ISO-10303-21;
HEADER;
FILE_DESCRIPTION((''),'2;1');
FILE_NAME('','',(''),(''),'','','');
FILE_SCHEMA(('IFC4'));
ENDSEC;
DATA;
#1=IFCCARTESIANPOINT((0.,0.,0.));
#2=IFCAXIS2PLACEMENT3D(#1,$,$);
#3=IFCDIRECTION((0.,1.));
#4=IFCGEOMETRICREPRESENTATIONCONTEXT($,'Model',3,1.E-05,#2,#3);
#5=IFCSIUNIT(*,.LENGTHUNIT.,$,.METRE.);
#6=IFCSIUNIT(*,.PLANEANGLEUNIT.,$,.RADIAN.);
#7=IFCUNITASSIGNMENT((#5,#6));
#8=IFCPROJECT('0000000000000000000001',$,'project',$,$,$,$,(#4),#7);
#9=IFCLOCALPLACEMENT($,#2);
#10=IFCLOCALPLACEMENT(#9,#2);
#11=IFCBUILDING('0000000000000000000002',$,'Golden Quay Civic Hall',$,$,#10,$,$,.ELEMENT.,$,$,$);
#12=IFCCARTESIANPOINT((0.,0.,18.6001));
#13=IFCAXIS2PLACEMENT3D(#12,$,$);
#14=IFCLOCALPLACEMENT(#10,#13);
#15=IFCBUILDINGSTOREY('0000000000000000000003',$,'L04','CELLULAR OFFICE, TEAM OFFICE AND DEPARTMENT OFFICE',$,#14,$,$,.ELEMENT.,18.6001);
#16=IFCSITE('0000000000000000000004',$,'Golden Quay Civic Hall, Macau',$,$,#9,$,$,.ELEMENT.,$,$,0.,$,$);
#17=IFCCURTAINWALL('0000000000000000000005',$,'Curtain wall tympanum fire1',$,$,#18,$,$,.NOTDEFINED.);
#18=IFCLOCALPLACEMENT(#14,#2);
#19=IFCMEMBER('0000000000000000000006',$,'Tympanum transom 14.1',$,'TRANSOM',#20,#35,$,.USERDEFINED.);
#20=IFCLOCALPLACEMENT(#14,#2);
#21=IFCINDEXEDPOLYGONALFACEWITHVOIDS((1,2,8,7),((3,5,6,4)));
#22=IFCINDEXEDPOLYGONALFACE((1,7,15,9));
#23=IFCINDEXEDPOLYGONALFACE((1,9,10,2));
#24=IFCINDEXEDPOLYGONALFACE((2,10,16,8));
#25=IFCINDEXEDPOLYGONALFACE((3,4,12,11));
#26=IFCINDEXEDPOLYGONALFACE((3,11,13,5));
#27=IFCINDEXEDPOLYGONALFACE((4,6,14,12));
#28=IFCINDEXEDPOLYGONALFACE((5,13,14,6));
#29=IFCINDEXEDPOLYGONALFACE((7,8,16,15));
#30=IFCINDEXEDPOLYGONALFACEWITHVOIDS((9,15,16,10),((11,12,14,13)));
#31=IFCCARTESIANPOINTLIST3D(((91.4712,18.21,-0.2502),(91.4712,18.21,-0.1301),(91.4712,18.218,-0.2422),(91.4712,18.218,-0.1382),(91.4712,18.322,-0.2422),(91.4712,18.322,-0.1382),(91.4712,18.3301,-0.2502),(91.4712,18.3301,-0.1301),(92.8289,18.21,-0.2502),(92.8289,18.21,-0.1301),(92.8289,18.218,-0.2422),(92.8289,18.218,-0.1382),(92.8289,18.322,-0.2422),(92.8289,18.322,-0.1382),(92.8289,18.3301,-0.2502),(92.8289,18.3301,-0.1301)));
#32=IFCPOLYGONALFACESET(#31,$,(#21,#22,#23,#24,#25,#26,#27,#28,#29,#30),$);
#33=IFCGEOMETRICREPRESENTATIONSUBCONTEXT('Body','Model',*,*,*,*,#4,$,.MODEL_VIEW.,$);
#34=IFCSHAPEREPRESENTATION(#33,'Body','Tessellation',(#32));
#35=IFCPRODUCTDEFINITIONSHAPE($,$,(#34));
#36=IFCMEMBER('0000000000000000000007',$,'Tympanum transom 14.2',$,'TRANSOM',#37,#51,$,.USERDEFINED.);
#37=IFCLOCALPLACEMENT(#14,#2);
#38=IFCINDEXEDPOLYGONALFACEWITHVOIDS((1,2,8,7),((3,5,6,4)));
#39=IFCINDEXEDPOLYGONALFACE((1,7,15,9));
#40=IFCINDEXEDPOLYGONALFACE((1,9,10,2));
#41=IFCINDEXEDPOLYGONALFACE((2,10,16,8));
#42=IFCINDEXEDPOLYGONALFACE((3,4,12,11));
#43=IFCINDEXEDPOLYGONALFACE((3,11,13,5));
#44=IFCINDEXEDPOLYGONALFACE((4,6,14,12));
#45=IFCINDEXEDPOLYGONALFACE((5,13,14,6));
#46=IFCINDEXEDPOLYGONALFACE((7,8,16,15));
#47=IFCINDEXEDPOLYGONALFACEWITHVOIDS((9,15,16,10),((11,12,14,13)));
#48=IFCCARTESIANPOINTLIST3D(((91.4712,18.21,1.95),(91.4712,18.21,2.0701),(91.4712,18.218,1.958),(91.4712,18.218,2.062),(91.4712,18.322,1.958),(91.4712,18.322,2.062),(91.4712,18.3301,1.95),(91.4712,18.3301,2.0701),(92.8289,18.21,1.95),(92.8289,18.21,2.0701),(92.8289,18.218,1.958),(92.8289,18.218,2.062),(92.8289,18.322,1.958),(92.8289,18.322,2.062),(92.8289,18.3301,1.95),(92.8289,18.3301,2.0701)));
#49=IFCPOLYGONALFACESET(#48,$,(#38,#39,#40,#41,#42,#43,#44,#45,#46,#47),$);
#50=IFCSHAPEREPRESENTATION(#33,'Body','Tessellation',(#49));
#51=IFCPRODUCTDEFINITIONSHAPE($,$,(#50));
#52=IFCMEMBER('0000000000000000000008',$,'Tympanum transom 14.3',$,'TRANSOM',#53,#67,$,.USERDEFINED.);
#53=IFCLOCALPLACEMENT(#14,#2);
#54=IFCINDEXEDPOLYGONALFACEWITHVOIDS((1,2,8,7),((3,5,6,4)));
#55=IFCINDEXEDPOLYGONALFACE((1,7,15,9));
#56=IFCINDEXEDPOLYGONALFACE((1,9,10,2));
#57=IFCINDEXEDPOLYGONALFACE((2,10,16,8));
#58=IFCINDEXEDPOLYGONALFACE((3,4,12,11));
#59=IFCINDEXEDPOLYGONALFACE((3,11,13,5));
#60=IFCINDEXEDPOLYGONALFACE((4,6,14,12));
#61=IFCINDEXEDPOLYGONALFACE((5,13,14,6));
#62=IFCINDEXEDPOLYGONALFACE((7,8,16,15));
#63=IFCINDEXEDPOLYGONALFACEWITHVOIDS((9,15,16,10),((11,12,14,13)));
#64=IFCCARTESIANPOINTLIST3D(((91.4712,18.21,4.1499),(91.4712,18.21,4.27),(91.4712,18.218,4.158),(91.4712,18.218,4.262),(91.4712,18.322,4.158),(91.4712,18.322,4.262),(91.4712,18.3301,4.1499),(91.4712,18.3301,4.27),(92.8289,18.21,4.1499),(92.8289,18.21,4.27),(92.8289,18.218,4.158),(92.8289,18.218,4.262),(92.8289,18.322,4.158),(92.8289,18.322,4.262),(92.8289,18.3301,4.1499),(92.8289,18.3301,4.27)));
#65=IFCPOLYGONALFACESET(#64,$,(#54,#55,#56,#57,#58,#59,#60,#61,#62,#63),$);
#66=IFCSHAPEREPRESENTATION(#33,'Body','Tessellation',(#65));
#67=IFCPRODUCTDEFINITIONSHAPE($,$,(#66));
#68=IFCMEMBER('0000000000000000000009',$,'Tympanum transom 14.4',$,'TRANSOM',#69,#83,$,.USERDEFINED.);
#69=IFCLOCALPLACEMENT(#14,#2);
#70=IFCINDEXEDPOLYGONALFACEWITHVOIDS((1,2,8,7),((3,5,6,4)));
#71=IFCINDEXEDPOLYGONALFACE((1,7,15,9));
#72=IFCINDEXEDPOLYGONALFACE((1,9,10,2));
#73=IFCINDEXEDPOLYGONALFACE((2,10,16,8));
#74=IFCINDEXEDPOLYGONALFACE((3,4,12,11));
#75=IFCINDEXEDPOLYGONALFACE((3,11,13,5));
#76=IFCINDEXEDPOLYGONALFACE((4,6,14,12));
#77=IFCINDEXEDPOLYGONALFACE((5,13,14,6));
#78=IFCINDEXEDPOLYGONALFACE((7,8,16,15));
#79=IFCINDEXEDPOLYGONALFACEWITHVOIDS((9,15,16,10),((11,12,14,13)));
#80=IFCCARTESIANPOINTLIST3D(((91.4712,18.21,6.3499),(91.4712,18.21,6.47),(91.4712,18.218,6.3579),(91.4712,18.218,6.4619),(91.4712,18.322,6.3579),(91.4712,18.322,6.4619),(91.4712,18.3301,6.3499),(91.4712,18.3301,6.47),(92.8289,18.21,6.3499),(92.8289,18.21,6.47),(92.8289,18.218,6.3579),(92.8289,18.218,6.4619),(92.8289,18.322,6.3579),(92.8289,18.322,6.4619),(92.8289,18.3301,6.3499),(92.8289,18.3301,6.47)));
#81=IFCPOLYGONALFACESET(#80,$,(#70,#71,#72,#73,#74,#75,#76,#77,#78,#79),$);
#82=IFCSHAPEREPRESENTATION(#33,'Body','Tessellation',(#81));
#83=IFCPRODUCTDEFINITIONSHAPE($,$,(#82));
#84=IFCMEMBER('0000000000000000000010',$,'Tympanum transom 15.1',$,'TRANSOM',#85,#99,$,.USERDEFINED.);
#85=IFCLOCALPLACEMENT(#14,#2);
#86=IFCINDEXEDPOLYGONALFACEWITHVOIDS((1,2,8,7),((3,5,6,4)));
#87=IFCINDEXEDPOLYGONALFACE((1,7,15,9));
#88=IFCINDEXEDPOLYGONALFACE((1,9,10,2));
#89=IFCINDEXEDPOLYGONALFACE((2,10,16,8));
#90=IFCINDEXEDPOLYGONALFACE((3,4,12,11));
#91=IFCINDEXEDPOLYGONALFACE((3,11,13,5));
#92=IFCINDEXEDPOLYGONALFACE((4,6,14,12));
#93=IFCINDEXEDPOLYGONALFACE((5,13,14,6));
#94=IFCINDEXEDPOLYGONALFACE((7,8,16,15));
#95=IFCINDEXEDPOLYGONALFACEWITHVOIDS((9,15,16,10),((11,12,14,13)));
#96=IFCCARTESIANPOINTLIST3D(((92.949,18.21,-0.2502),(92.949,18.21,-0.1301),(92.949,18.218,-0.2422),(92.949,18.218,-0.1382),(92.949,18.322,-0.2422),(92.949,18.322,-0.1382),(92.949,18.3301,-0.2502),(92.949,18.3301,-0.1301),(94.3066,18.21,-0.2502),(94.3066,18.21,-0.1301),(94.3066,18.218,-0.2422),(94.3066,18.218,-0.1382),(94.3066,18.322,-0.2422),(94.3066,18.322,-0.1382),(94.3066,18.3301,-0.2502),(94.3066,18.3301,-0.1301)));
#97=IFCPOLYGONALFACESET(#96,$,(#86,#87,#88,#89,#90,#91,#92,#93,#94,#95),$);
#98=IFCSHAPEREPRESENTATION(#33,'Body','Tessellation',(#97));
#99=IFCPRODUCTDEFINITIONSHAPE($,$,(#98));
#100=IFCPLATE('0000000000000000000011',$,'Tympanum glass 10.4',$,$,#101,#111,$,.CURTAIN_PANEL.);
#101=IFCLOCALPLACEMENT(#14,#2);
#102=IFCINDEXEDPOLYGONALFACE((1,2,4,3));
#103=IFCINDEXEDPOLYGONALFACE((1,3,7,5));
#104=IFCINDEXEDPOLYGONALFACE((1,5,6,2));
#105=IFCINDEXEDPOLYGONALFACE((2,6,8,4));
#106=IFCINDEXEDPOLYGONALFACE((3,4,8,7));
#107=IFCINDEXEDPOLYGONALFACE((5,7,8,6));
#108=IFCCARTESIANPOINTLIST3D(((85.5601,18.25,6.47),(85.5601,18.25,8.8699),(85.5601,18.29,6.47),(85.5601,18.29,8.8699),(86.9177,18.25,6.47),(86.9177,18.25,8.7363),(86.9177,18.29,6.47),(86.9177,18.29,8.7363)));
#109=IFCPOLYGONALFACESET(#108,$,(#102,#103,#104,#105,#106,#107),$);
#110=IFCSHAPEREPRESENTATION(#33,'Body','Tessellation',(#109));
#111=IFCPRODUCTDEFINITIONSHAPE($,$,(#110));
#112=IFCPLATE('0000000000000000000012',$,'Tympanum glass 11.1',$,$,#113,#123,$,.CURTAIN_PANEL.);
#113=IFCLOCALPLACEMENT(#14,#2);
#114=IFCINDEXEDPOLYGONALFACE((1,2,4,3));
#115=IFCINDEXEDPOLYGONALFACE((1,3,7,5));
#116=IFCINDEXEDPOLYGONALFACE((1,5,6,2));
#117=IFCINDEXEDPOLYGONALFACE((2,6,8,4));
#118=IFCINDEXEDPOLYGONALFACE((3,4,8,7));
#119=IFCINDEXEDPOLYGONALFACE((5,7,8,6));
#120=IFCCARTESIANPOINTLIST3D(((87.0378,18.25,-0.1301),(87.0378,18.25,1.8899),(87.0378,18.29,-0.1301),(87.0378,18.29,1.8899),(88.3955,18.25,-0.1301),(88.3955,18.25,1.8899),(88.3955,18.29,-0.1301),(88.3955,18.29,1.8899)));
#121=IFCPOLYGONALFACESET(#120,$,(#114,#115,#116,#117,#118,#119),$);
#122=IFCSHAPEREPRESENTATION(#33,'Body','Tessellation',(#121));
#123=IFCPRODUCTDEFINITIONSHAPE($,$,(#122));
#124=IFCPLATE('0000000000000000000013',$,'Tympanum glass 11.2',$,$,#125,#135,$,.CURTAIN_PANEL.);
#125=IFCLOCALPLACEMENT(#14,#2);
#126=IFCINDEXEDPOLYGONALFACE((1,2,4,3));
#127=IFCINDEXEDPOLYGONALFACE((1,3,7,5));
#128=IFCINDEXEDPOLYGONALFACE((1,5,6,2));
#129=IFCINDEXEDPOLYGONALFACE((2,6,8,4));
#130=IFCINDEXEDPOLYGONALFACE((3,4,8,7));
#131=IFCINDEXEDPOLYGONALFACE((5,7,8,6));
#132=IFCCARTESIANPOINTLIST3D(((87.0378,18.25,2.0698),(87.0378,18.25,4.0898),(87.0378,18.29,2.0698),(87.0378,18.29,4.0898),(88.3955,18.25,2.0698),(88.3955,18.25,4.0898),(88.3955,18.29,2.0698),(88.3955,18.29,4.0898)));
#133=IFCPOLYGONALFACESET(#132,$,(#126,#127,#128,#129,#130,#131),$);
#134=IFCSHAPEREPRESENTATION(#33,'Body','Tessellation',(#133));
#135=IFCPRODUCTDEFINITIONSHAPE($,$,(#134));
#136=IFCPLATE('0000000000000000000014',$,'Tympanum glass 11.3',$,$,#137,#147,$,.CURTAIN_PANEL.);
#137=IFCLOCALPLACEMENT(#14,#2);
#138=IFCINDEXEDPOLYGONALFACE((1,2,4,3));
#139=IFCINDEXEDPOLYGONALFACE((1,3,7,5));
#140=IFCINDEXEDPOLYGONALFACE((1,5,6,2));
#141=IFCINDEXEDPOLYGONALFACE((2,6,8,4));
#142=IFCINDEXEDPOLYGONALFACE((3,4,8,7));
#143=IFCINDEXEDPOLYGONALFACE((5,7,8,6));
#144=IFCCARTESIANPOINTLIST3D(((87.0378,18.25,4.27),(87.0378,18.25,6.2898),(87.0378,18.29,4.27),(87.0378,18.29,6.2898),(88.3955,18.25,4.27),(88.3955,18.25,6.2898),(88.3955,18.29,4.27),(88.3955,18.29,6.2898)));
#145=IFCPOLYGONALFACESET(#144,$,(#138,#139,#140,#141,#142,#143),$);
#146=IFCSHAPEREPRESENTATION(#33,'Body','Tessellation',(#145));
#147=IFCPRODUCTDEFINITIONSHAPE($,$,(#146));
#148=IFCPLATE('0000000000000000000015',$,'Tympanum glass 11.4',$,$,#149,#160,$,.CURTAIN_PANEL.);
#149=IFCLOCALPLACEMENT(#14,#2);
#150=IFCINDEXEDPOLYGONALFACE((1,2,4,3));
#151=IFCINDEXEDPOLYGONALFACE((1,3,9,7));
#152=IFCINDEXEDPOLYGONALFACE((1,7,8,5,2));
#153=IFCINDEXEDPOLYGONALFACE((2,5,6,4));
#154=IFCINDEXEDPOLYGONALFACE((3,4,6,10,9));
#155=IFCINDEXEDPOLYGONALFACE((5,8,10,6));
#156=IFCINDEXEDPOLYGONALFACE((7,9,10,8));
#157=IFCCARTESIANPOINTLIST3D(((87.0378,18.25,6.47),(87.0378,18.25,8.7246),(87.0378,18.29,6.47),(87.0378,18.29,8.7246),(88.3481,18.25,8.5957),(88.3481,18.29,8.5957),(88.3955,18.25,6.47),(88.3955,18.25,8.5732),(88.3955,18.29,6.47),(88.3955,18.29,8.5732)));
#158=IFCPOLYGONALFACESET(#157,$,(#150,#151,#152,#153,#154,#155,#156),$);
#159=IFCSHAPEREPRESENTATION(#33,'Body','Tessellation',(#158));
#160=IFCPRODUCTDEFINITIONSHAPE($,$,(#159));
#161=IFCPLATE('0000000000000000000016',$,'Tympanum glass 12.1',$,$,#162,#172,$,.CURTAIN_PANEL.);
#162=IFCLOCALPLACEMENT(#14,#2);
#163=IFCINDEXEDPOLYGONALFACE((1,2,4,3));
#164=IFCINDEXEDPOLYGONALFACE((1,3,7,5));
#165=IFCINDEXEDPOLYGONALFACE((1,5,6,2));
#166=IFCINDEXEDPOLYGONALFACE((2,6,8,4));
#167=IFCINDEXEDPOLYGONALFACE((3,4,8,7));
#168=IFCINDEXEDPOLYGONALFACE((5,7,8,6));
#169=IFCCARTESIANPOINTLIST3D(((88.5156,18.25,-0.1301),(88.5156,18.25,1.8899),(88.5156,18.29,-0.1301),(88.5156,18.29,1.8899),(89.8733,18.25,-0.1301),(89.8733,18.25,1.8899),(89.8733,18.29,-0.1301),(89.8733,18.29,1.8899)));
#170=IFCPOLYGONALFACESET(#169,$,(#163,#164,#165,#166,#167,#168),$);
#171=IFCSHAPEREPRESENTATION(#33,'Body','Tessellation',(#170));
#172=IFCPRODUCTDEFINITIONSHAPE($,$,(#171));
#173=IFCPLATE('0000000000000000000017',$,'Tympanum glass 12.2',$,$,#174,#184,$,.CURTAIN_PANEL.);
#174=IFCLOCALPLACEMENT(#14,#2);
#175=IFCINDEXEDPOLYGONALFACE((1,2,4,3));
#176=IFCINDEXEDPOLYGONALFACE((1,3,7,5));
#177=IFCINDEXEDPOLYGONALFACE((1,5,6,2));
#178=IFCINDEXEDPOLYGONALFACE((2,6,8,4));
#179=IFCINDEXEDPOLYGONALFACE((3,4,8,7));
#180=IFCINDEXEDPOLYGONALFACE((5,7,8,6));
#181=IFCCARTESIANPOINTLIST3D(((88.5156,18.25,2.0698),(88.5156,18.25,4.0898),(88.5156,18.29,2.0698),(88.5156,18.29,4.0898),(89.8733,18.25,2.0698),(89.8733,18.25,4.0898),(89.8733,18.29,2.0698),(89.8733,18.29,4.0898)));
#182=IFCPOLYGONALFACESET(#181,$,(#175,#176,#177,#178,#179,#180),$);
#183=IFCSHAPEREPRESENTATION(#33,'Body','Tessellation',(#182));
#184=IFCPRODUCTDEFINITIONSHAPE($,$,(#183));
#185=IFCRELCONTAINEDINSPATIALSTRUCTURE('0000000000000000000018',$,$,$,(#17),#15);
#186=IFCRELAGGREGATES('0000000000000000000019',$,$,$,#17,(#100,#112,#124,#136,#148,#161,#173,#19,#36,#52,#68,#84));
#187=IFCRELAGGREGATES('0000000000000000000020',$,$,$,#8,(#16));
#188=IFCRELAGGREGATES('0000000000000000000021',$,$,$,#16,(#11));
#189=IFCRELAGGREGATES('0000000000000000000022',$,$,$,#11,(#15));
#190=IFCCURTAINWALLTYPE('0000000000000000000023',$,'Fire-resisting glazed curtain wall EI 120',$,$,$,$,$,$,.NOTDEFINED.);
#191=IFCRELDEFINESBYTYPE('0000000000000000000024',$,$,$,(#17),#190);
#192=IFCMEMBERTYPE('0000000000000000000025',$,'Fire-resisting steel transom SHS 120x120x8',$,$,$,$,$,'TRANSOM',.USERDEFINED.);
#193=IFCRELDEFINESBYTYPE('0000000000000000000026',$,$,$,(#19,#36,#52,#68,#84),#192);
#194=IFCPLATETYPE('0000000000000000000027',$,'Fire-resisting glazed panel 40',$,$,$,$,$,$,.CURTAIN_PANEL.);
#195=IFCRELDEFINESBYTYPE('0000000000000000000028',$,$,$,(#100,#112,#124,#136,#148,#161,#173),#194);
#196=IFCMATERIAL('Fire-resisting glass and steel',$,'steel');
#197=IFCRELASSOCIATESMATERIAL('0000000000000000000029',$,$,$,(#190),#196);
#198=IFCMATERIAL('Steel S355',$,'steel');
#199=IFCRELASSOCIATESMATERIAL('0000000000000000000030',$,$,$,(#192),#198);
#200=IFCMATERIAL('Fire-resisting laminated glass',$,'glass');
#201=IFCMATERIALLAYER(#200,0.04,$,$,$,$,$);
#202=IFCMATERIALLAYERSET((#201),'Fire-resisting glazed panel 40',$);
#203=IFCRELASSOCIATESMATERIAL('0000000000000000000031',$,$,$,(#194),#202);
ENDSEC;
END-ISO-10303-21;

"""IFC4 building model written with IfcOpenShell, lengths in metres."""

from ifc_helpers import new_model, si_unit, direction, frame, origin, origin_2d, place, context, subcontext, project, spatial, polyline, hollow_rectangle, outline, extrude, material, layer, layer_set, material_profile, profile_set, type_object, element, aggregate, save


model = new_model("IFC4")

# Units and contexts
model_context = context("Model", 3, precision=1e-05, world=origin(), true_north=direction((0.0, 1.0)))
body_context = subcontext(model_context, "Body", "Model", "MODEL_VIEW")
ifc_project = project(units=[si_unit("LENGTHUNIT", "METRE"), si_unit("PLANEANGLEUNIT", "RADIAN")], contexts=[model_context])

# Site, building, storey
site_placement = place(None, origin())
site = spatial("IfcSite", under=ifc_project, at=site_placement, Name="Golden Quay Civic Hall, Macau", CompositionType="ELEMENT", RefElevation=0.0)
building_placement = place(site_placement, origin())
building = spatial("IfcBuilding", under=site, at=building_placement, Name="Golden Quay Civic Hall", CompositionType="ELEMENT")
storey_placement = place(building_placement, frame((0.0, 0.0, 18.6001)))
storey = spatial("IfcBuildingStorey", under=building, at=storey_placement, Name="L04", Description="CELLULAR OFFICE, TEAM OFFICE AND DEPARTMENT OFFICE", CompositionType="ELEMENT", Elevation=18.6001)

# Curtain wall, members, plates
ifc_material_1 = material(Name="Fire-resisting glass and steel", Category="steel")
curtain_wall_type = type_object("IfcCurtainWallType", Name="Fire-resisting glazed curtain wall EI 120", PredefinedType="NOTDEFINED", material=ifc_material_1)
curtain_wall_placement = place(storey_placement, origin())
curtain_wall = element("IfcCurtainWall", 1, at=curtain_wall_placement, inside=storey, type_object=curtain_wall_type, Name="Curtain wall tympanum fire1", PredefinedType="NOTDEFINED")
ifc_material_2 = material(Name="Steel S355", Category="steel")
ifc_material_profile_1 = material_profile(ifc_material_2, hollow_rectangle(XDim=0.1201, YDim=0.1201, WallThickness=0.0081, at=origin_2d()), Name="SHS 120x120x8")
ifc_profile_set_1 = profile_set([ifc_material_profile_1], Name="Steel S355")
member_type_1 = type_object("IfcMemberType", Name="Fire-resisting steel transom SHS 120x120x8", ElementType="TRANSOM", PredefinedType="USERDEFINED", material=ifc_profile_set_1)
member_1_placement = place(storey_placement, frame((91.4712, 18.27, -0.1902), z_axis=(1.0, 0.0, 0.0), x_axis=(0.0, 1.0, 0.0)))
member_1 = element("IfcMember", 2, at=member_1_placement, type_object=member_type_1, Name="Tympanum transom 14.1", ObjectType="TRANSOM", PredefinedType="USERDEFINED", context=body_context, shape_type="SweptSolid", body=[
    extrude(hollow_rectangle(XDim=0.1201, YDim=0.1201, WallThickness=0.0081, at=origin_2d()), origin(), (0.0, 0.0, 1.0), 1.3577),
])
member_2_placement = place(storey_placement, frame((91.4712, 18.27, 2.01), z_axis=(1.0, 0.0, 0.0), x_axis=(0.0, 1.0, 0.0)))
member_2 = element("IfcMember", 3, at=member_2_placement, type_object=member_type_1, Name="Tympanum transom 14.2", ObjectType="TRANSOM", PredefinedType="USERDEFINED", context=body_context, shape_type="SweptSolid", body=[
    extrude(hollow_rectangle(XDim=0.1201, YDim=0.1201, WallThickness=0.0081, at=origin_2d()), origin(), (0.0, 0.0, 1.0), 1.3577),
])
member_3_placement = place(storey_placement, frame((91.4712, 18.27, 4.21), z_axis=(1.0, 0.0, 0.0), x_axis=(0.0, 1.0, 0.0)))
member_3 = element("IfcMember", 4, at=member_3_placement, type_object=member_type_1, Name="Tympanum transom 14.3", ObjectType="TRANSOM", PredefinedType="USERDEFINED", context=body_context, shape_type="SweptSolid", body=[
    extrude(hollow_rectangle(XDim=0.1201, YDim=0.1201, WallThickness=0.0081, at=origin_2d()), origin(), (0.0, 0.0, 1.0), 1.3577),
])
member_4_placement = place(storey_placement, frame((91.4712, 18.27, 6.4099), z_axis=(1.0, 0.0, 0.0), x_axis=(0.0, 1.0, 0.0)))
member_4 = element("IfcMember", 5, at=member_4_placement, type_object=member_type_1, Name="Tympanum transom 14.4", ObjectType="TRANSOM", PredefinedType="USERDEFINED", context=body_context, shape_type="SweptSolid", body=[
    extrude(hollow_rectangle(XDim=0.1201, YDim=0.1201, WallThickness=0.0081, at=origin_2d()), origin(), (0.0, 0.0, 1.0), 1.3577),
])
member_5_placement = place(storey_placement, frame((92.949, 18.27, -0.1902), z_axis=(1.0, 0.0, 0.0), x_axis=(0.0, 1.0, 0.0)))
member_5 = element("IfcMember", 6, at=member_5_placement, type_object=member_type_1, Name="Tympanum transom 15.1", ObjectType="TRANSOM", PredefinedType="USERDEFINED", context=body_context, shape_type="SweptSolid", body=[
    extrude(hollow_rectangle(XDim=0.1201, YDim=0.1201, WallThickness=0.0081, at=origin_2d()), origin(), (0.0, 0.0, 1.0), 1.3577),
])
ifc_material_3 = material(Name="Fire-resisting laminated glass", Category="glass")
ifc_layer = layer(ifc_material_3, 0.04)
ifc_layer_set = layer_set([ifc_layer], Name="Fire-resisting glazed panel 40")
plate_type = type_object("IfcPlateType", Name="Fire-resisting glazed panel 40", PredefinedType="CURTAIN_PANEL", material=ifc_layer_set)
plate_1_placement = place(storey_placement, frame((86.9177, 18.29, 6.47), z_axis=(0.0, 1.0, 0.0), x_axis=(-1.0, 0.0, 0.0)))
plate_1 = element("IfcPlate", 7, at=plate_1_placement, type_object=plate_type, Name="Tympanum glass 10.4", PredefinedType="CURTAIN_PANEL", context=body_context, shape_type="SweptSolid", body=[
    extrude(outline(polyline([(0.0, 0.0), (1.3577, 0.0), (1.3577, 2.3999), (0.0, 2.2664), (0.0, 0.0)])), origin(), (0.0, 0.0, -1.0), 0.04),
])
plate_2_placement = place(storey_placement, frame((88.3955, 18.29, -0.1301), z_axis=(0.0, 1.0, 0.0), x_axis=(-1.0, 0.0, 0.0)))
plate_2 = element("IfcPlate", 8, at=plate_2_placement, type_object=plate_type, Name="Tympanum glass 11.1", PredefinedType="CURTAIN_PANEL", context=body_context, shape_type="SweptSolid", body=[
    extrude(outline(polyline([(0.0, 0.0), (1.3577, 0.0), (1.3577, 2.02), (0.0, 2.02), (0.0, 0.0)])), origin(), (0.0, 0.0, -1.0), 0.04),
])
plate_3_placement = place(storey_placement, frame((88.3955, 18.29, 2.0698), z_axis=(0.0, 1.0, 0.0), x_axis=(-1.0, 0.0, 0.0)))
plate_3 = element("IfcPlate", 9, at=plate_3_placement, type_object=plate_type, Name="Tympanum glass 11.2", PredefinedType="CURTAIN_PANEL", context=body_context, shape_type="SweptSolid", body=[
    extrude(outline(polyline([(0.0, 0.0), (1.3577, 0.0), (1.3577, 2.02), (0.0, 2.02), (0.0, 0.0)])), origin(), (0.0, 0.0, -1.0), 0.04),
])
plate_4_placement = place(storey_placement, frame((88.3955, 18.29, 4.27), z_axis=(0.0, 1.0, 0.0), x_axis=(-1.0, 0.0, 0.0)))
plate_4 = element("IfcPlate", 10, at=plate_4_placement, type_object=plate_type, Name="Tympanum glass 11.3", PredefinedType="CURTAIN_PANEL", context=body_context, shape_type="SweptSolid", body=[
    extrude(outline(polyline([(0.0, 0.0), (1.3577, 0.0), (1.3577, 2.0198), (0.0, 2.0198), (0.0, 0.0)])), origin(), (0.0, 0.0, -1.0), 0.04),
])
plate_5_placement = place(storey_placement, frame((88.3955, 18.29, 6.47), z_axis=(0.0, 1.0, 0.0), x_axis=(-1.0, 0.0, 0.0)))
plate_5 = element("IfcPlate", 11, at=plate_5_placement, type_object=plate_type, Name="Tympanum glass 11.4", PredefinedType="CURTAIN_PANEL", context=body_context, shape_type="SweptSolid", body=[
    extrude(outline(polyline([(0.0, 0.0), (1.3577, 0.0), (1.3577, 2.2546), (0.0474, 2.1257), (0.0, 2.1033), (0.0, 0.0)])), origin(), (0.0, 0.0, -1.0), 0.04),
])
plate_6_placement = place(storey_placement, frame((89.8733, 18.29, -0.1301), z_axis=(0.0, 1.0, 0.0), x_axis=(-1.0, 0.0, 0.0)))
plate_6 = element("IfcPlate", 12, at=plate_6_placement, type_object=plate_type, Name="Tympanum glass 12.1", PredefinedType="CURTAIN_PANEL", context=body_context, shape_type="SweptSolid", body=[
    extrude(outline(polyline([(0.0, 0.0), (1.3577, 0.0), (1.3577, 2.02), (0.0, 2.02), (0.0, 0.0)])), origin(), (0.0, 0.0, -1.0), 0.04),
])
plate_7_placement = place(storey_placement, frame((89.8733, 18.29, 2.0698), z_axis=(0.0, 1.0, 0.0), x_axis=(-1.0, 0.0, 0.0)))
plate_7 = element("IfcPlate", 13, at=plate_7_placement, type_object=plate_type, Name="Tympanum glass 12.2", PredefinedType="CURTAIN_PANEL", context=body_context, shape_type="SweptSolid", body=[
    extrude(outline(polyline([(0.0, 0.0), (1.3577, 0.0), (1.3577, 2.02), (0.0, 2.02), (0.0, 0.0)])), origin(), (0.0, 0.0, -1.0), 0.04),
])
aggregate(curtain_wall, [plate_1, plate_2, plate_3, plate_4, plate_5, plate_6, plate_7, member_1, member_2, member_3, member_4, member_5])

save(model, "model.ifc")
